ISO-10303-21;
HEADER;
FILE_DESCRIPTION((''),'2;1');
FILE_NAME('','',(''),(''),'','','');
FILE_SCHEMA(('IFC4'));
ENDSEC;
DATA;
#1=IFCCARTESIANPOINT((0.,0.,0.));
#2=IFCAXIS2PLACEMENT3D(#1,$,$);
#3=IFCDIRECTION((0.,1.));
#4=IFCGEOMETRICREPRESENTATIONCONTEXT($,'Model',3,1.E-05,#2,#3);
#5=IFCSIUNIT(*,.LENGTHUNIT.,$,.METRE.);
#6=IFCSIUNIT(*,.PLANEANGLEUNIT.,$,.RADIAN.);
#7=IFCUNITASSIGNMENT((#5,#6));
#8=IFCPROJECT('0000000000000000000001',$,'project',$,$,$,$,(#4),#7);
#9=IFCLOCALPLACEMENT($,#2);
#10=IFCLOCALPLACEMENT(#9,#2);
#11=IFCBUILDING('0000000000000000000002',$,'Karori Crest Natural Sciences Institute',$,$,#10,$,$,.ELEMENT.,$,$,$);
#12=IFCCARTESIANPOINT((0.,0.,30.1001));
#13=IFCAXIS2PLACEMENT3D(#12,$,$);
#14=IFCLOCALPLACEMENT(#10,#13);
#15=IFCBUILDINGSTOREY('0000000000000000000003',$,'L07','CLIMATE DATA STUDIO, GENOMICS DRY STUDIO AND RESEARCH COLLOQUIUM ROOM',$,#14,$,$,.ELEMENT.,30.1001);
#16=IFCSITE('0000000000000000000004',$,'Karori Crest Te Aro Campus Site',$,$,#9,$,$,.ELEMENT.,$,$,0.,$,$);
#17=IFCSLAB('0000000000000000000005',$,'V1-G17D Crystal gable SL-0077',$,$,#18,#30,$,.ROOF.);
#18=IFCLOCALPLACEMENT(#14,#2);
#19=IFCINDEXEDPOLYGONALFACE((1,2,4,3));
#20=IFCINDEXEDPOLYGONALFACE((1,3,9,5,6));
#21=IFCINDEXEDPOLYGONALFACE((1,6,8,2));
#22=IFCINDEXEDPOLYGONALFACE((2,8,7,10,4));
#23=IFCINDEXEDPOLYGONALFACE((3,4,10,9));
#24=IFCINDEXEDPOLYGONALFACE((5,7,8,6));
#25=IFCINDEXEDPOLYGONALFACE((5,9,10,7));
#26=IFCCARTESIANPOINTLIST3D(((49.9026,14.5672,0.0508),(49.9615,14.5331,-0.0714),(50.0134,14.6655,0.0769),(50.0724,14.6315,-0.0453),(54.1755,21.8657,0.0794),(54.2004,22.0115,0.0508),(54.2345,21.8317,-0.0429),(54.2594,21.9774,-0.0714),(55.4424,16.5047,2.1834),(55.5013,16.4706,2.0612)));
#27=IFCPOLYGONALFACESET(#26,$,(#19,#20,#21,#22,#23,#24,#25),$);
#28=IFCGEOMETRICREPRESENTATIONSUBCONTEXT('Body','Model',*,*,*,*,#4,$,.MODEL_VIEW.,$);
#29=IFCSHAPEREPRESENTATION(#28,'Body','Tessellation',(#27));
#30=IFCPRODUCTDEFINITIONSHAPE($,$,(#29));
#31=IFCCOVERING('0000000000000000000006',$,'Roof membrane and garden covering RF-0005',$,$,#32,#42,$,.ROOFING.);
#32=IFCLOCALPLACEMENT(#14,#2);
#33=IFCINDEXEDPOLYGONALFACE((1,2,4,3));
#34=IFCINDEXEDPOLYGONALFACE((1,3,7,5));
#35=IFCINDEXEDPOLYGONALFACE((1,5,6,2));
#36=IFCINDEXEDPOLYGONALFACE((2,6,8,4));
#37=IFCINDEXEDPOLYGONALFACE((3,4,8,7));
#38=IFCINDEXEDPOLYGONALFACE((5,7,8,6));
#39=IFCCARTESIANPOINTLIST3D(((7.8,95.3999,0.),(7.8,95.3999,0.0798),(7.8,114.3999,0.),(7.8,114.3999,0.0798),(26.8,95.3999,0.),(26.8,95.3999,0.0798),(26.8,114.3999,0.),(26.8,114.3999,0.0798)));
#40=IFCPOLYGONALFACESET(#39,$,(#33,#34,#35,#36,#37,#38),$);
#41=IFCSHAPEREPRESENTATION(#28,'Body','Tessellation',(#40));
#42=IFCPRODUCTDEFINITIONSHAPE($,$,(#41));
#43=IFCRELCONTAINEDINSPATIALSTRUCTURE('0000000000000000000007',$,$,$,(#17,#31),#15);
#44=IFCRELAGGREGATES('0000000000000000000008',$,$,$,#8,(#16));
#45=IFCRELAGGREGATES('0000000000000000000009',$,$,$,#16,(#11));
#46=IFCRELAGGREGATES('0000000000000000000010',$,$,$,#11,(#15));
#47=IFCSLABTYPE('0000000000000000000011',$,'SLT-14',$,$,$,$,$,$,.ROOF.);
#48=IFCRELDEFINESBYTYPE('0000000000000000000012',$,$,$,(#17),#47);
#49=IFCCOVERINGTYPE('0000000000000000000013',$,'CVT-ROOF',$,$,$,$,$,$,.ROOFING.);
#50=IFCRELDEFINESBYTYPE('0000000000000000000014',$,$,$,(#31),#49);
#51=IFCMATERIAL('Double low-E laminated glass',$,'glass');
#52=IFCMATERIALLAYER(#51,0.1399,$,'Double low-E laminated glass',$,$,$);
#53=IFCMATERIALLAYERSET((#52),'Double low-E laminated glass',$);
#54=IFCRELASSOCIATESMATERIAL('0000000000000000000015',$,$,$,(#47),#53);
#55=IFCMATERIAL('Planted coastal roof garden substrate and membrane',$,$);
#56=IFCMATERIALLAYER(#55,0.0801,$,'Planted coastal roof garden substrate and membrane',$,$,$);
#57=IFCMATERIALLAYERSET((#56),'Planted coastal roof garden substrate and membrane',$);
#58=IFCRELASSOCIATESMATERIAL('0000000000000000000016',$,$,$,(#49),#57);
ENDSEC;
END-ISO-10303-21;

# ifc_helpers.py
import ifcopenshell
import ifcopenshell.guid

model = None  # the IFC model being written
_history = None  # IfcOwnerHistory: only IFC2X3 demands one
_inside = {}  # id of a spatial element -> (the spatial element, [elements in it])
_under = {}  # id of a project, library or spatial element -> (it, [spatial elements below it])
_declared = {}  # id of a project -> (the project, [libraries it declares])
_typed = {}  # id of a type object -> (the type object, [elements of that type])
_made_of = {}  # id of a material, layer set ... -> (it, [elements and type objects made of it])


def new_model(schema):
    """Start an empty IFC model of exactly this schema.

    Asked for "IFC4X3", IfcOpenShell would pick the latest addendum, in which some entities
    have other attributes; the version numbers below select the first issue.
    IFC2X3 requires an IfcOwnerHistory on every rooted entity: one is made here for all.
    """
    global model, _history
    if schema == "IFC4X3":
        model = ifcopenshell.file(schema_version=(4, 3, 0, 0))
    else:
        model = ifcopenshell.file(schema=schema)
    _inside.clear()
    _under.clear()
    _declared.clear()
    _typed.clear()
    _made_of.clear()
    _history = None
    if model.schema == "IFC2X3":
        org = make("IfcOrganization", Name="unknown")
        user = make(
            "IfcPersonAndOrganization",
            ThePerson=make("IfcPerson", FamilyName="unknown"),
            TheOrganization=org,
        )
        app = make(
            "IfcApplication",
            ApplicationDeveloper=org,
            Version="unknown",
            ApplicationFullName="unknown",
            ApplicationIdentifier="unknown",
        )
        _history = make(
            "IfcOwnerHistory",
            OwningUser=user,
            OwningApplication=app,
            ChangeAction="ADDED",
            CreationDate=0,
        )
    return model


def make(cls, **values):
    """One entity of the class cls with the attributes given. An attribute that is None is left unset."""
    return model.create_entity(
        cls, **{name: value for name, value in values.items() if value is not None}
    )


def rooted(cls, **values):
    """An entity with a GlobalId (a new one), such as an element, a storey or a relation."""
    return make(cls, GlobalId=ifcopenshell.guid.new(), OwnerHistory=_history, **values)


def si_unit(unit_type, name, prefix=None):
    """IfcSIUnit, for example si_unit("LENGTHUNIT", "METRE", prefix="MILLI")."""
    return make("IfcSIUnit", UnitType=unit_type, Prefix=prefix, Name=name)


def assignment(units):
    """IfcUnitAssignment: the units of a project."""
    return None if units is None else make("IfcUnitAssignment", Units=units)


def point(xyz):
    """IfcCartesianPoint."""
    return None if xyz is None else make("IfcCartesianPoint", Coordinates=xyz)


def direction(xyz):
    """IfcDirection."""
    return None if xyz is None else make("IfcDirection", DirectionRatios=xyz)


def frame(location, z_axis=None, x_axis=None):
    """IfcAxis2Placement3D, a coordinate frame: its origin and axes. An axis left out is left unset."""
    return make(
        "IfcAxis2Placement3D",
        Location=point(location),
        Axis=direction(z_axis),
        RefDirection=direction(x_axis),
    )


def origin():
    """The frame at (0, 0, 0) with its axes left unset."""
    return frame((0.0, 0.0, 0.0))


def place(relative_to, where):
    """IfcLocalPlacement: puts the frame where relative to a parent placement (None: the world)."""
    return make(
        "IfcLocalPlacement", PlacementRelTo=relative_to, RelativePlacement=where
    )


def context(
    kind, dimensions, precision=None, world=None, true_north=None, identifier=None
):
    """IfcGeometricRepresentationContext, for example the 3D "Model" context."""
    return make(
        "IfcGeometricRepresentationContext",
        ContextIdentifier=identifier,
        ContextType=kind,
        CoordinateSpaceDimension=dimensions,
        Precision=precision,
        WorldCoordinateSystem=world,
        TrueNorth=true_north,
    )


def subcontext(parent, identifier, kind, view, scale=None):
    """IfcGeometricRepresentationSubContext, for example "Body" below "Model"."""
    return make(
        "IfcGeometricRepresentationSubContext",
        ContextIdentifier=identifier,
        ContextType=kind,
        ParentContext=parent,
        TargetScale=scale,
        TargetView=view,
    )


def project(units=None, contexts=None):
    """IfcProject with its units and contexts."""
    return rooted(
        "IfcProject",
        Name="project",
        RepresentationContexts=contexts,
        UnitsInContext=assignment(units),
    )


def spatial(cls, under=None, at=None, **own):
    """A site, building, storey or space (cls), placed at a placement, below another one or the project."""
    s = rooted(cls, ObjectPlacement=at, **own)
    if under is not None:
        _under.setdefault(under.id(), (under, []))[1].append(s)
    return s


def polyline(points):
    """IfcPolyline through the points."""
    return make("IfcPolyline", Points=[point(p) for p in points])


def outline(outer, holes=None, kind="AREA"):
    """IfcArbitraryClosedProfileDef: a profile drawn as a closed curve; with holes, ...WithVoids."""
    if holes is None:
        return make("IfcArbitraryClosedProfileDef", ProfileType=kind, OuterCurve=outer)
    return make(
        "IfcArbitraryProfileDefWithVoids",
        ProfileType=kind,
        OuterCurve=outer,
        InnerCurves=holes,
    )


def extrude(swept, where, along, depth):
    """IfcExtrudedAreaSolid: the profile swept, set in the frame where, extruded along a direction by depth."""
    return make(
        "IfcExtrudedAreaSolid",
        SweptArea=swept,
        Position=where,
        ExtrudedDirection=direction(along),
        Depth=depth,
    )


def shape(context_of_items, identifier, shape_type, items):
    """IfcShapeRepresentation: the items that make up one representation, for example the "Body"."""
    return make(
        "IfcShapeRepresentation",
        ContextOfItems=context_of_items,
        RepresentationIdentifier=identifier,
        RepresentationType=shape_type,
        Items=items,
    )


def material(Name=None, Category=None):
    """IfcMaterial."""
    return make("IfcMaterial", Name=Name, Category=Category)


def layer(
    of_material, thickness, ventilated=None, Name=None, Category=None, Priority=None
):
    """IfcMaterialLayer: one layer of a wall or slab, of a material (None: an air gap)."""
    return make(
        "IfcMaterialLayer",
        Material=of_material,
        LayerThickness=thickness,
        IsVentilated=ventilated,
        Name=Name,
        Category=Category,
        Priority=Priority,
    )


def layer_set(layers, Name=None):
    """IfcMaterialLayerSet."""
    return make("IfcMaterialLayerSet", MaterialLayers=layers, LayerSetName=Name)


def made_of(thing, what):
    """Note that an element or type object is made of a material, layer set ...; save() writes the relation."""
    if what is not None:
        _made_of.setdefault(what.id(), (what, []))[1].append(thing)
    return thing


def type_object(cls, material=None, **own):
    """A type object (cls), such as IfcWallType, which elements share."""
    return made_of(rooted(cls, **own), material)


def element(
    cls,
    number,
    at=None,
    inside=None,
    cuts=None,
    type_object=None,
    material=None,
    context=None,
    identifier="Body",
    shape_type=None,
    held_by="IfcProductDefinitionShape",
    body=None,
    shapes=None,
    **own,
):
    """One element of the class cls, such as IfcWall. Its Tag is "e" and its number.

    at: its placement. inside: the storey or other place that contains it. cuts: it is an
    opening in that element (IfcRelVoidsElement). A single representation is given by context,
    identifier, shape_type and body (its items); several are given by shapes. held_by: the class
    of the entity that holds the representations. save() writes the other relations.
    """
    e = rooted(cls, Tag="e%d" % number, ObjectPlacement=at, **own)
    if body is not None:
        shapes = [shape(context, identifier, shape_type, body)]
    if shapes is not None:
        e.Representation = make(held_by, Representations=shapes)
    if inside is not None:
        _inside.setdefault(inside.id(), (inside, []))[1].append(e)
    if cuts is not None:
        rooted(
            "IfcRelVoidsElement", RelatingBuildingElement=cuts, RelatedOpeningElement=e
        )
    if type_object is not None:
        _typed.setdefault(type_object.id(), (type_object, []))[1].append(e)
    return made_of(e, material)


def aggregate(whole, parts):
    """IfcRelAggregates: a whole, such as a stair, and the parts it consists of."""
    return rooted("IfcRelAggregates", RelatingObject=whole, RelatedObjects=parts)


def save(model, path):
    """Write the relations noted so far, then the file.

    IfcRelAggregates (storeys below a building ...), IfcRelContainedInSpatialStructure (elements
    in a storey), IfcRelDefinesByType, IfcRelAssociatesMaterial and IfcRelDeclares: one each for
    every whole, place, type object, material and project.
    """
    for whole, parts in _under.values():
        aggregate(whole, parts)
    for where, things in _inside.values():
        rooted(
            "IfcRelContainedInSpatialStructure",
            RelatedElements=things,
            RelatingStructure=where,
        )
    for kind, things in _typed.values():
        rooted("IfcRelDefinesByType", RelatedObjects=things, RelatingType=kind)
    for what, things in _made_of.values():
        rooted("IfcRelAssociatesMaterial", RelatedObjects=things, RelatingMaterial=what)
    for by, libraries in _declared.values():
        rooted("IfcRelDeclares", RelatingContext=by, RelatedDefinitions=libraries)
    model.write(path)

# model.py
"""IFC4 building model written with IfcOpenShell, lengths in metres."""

from ifc_helpers import new_model, si_unit, direction, frame, origin, place, context, subcontext, project, spatial, polyline, outline, extrude, material, layer, layer_set, type_object, element, save


model = new_model("IFC4")

# Units and contexts
model_context = context("Model", 3, precision=1e-05, world=origin(), true_north=direction((0.0, 1.0)))
body_context = subcontext(model_context, "Body", "Model", "MODEL_VIEW")
ifc_project = project(units=[si_unit("LENGTHUNIT", "METRE"), si_unit("PLANEANGLEUNIT", "RADIAN")], contexts=[model_context])

# Site, building, storey
site_placement = place(None, origin())
site = spatial("IfcSite", under=ifc_project, at=site_placement, Name="Karori Crest Te Aro Campus Site", CompositionType="ELEMENT", RefElevation=0.0)
building_placement = place(site_placement, origin())
building = spatial("IfcBuilding", under=site, at=building_placement, Name="Karori Crest Natural Sciences Institute", CompositionType="ELEMENT")
storey_placement = place(building_placement, frame((0.0, 0.0, 30.1001)))
storey = spatial("IfcBuildingStorey", under=building, at=storey_placement, Name="L07", Description="CLIMATE DATA STUDIO, GENOMICS DRY STUDIO AND RESEARCH COLLOQUIUM ROOM", CompositionType="ELEMENT", Elevation=30.1001)

# Shared definitions
ifc_material_1 = material(Name="Double low-E laminated glass", Category="glass")

# Slab
ifc_layer_1 = layer(ifc_material_1, 0.1399, Name="Double low-E laminated glass")
ifc_layer_set_1 = layer_set([ifc_layer_1], Name="Double low-E laminated glass")
slab_type_1 = type_object("IfcSlabType", Name="SLT-14", PredefinedType="ROOF", material=ifc_layer_set_1)
slab_1_placement = place(storey_placement, frame((54.2004, 22.0115, 0.0508), z_axis=(-0.421397, 0.243294, 0.873632), x_axis=(-0.499991, -0.866031, 0.000006)))
element("IfcSlab", 1, at=slab_1_placement, inside=storey, type_object=slab_type_1, Name="V1-G17D Crystal gable SL-0077", PredefinedType="ROOF", context=body_context, shape_type="SweptSolid", body=[
    extrude(outline(polyline([(0.0, 0.0), (8.5959, 0.0), (8.4553, 0.0536), (4.1481, 4.3827), (0.1387, 0.0587), (0.0, 0.0)])), origin(), (0.0, 0.0, -1.0), 0.1399),
])

# Covering
ifc_material_2 = material(Name="Planted coastal roof garden substrate and membrane")
ifc_layer_2 = layer(ifc_material_2, 0.0801, Name="Planted coastal roof garden substrate and membrane")
ifc_layer_set_2 = layer_set([ifc_layer_2], Name="Planted coastal roof garden substrate and membrane")
covering_type = type_object("IfcCoveringType", Name="CVT-ROOF", PredefinedType="ROOFING", material=ifc_layer_set_2)
covering_placement = place(storey_placement, origin())
element("IfcCovering", 2, at=covering_placement, inside=storey, type_object=covering_type, Name="Roof membrane and garden covering RF-0005", PredefinedType="ROOFING", context=body_context, shape_type="SweptSolid", body=[
    extrude(outline(polyline([(7.8, 95.3999), (26.8, 95.3999), (26.8, 114.3999), (7.8, 114.3999), (7.8, 95.3999)])), origin(), (0.0, 0.0, 1.0), 0.0798),
])

save(model, "model.ifc")
